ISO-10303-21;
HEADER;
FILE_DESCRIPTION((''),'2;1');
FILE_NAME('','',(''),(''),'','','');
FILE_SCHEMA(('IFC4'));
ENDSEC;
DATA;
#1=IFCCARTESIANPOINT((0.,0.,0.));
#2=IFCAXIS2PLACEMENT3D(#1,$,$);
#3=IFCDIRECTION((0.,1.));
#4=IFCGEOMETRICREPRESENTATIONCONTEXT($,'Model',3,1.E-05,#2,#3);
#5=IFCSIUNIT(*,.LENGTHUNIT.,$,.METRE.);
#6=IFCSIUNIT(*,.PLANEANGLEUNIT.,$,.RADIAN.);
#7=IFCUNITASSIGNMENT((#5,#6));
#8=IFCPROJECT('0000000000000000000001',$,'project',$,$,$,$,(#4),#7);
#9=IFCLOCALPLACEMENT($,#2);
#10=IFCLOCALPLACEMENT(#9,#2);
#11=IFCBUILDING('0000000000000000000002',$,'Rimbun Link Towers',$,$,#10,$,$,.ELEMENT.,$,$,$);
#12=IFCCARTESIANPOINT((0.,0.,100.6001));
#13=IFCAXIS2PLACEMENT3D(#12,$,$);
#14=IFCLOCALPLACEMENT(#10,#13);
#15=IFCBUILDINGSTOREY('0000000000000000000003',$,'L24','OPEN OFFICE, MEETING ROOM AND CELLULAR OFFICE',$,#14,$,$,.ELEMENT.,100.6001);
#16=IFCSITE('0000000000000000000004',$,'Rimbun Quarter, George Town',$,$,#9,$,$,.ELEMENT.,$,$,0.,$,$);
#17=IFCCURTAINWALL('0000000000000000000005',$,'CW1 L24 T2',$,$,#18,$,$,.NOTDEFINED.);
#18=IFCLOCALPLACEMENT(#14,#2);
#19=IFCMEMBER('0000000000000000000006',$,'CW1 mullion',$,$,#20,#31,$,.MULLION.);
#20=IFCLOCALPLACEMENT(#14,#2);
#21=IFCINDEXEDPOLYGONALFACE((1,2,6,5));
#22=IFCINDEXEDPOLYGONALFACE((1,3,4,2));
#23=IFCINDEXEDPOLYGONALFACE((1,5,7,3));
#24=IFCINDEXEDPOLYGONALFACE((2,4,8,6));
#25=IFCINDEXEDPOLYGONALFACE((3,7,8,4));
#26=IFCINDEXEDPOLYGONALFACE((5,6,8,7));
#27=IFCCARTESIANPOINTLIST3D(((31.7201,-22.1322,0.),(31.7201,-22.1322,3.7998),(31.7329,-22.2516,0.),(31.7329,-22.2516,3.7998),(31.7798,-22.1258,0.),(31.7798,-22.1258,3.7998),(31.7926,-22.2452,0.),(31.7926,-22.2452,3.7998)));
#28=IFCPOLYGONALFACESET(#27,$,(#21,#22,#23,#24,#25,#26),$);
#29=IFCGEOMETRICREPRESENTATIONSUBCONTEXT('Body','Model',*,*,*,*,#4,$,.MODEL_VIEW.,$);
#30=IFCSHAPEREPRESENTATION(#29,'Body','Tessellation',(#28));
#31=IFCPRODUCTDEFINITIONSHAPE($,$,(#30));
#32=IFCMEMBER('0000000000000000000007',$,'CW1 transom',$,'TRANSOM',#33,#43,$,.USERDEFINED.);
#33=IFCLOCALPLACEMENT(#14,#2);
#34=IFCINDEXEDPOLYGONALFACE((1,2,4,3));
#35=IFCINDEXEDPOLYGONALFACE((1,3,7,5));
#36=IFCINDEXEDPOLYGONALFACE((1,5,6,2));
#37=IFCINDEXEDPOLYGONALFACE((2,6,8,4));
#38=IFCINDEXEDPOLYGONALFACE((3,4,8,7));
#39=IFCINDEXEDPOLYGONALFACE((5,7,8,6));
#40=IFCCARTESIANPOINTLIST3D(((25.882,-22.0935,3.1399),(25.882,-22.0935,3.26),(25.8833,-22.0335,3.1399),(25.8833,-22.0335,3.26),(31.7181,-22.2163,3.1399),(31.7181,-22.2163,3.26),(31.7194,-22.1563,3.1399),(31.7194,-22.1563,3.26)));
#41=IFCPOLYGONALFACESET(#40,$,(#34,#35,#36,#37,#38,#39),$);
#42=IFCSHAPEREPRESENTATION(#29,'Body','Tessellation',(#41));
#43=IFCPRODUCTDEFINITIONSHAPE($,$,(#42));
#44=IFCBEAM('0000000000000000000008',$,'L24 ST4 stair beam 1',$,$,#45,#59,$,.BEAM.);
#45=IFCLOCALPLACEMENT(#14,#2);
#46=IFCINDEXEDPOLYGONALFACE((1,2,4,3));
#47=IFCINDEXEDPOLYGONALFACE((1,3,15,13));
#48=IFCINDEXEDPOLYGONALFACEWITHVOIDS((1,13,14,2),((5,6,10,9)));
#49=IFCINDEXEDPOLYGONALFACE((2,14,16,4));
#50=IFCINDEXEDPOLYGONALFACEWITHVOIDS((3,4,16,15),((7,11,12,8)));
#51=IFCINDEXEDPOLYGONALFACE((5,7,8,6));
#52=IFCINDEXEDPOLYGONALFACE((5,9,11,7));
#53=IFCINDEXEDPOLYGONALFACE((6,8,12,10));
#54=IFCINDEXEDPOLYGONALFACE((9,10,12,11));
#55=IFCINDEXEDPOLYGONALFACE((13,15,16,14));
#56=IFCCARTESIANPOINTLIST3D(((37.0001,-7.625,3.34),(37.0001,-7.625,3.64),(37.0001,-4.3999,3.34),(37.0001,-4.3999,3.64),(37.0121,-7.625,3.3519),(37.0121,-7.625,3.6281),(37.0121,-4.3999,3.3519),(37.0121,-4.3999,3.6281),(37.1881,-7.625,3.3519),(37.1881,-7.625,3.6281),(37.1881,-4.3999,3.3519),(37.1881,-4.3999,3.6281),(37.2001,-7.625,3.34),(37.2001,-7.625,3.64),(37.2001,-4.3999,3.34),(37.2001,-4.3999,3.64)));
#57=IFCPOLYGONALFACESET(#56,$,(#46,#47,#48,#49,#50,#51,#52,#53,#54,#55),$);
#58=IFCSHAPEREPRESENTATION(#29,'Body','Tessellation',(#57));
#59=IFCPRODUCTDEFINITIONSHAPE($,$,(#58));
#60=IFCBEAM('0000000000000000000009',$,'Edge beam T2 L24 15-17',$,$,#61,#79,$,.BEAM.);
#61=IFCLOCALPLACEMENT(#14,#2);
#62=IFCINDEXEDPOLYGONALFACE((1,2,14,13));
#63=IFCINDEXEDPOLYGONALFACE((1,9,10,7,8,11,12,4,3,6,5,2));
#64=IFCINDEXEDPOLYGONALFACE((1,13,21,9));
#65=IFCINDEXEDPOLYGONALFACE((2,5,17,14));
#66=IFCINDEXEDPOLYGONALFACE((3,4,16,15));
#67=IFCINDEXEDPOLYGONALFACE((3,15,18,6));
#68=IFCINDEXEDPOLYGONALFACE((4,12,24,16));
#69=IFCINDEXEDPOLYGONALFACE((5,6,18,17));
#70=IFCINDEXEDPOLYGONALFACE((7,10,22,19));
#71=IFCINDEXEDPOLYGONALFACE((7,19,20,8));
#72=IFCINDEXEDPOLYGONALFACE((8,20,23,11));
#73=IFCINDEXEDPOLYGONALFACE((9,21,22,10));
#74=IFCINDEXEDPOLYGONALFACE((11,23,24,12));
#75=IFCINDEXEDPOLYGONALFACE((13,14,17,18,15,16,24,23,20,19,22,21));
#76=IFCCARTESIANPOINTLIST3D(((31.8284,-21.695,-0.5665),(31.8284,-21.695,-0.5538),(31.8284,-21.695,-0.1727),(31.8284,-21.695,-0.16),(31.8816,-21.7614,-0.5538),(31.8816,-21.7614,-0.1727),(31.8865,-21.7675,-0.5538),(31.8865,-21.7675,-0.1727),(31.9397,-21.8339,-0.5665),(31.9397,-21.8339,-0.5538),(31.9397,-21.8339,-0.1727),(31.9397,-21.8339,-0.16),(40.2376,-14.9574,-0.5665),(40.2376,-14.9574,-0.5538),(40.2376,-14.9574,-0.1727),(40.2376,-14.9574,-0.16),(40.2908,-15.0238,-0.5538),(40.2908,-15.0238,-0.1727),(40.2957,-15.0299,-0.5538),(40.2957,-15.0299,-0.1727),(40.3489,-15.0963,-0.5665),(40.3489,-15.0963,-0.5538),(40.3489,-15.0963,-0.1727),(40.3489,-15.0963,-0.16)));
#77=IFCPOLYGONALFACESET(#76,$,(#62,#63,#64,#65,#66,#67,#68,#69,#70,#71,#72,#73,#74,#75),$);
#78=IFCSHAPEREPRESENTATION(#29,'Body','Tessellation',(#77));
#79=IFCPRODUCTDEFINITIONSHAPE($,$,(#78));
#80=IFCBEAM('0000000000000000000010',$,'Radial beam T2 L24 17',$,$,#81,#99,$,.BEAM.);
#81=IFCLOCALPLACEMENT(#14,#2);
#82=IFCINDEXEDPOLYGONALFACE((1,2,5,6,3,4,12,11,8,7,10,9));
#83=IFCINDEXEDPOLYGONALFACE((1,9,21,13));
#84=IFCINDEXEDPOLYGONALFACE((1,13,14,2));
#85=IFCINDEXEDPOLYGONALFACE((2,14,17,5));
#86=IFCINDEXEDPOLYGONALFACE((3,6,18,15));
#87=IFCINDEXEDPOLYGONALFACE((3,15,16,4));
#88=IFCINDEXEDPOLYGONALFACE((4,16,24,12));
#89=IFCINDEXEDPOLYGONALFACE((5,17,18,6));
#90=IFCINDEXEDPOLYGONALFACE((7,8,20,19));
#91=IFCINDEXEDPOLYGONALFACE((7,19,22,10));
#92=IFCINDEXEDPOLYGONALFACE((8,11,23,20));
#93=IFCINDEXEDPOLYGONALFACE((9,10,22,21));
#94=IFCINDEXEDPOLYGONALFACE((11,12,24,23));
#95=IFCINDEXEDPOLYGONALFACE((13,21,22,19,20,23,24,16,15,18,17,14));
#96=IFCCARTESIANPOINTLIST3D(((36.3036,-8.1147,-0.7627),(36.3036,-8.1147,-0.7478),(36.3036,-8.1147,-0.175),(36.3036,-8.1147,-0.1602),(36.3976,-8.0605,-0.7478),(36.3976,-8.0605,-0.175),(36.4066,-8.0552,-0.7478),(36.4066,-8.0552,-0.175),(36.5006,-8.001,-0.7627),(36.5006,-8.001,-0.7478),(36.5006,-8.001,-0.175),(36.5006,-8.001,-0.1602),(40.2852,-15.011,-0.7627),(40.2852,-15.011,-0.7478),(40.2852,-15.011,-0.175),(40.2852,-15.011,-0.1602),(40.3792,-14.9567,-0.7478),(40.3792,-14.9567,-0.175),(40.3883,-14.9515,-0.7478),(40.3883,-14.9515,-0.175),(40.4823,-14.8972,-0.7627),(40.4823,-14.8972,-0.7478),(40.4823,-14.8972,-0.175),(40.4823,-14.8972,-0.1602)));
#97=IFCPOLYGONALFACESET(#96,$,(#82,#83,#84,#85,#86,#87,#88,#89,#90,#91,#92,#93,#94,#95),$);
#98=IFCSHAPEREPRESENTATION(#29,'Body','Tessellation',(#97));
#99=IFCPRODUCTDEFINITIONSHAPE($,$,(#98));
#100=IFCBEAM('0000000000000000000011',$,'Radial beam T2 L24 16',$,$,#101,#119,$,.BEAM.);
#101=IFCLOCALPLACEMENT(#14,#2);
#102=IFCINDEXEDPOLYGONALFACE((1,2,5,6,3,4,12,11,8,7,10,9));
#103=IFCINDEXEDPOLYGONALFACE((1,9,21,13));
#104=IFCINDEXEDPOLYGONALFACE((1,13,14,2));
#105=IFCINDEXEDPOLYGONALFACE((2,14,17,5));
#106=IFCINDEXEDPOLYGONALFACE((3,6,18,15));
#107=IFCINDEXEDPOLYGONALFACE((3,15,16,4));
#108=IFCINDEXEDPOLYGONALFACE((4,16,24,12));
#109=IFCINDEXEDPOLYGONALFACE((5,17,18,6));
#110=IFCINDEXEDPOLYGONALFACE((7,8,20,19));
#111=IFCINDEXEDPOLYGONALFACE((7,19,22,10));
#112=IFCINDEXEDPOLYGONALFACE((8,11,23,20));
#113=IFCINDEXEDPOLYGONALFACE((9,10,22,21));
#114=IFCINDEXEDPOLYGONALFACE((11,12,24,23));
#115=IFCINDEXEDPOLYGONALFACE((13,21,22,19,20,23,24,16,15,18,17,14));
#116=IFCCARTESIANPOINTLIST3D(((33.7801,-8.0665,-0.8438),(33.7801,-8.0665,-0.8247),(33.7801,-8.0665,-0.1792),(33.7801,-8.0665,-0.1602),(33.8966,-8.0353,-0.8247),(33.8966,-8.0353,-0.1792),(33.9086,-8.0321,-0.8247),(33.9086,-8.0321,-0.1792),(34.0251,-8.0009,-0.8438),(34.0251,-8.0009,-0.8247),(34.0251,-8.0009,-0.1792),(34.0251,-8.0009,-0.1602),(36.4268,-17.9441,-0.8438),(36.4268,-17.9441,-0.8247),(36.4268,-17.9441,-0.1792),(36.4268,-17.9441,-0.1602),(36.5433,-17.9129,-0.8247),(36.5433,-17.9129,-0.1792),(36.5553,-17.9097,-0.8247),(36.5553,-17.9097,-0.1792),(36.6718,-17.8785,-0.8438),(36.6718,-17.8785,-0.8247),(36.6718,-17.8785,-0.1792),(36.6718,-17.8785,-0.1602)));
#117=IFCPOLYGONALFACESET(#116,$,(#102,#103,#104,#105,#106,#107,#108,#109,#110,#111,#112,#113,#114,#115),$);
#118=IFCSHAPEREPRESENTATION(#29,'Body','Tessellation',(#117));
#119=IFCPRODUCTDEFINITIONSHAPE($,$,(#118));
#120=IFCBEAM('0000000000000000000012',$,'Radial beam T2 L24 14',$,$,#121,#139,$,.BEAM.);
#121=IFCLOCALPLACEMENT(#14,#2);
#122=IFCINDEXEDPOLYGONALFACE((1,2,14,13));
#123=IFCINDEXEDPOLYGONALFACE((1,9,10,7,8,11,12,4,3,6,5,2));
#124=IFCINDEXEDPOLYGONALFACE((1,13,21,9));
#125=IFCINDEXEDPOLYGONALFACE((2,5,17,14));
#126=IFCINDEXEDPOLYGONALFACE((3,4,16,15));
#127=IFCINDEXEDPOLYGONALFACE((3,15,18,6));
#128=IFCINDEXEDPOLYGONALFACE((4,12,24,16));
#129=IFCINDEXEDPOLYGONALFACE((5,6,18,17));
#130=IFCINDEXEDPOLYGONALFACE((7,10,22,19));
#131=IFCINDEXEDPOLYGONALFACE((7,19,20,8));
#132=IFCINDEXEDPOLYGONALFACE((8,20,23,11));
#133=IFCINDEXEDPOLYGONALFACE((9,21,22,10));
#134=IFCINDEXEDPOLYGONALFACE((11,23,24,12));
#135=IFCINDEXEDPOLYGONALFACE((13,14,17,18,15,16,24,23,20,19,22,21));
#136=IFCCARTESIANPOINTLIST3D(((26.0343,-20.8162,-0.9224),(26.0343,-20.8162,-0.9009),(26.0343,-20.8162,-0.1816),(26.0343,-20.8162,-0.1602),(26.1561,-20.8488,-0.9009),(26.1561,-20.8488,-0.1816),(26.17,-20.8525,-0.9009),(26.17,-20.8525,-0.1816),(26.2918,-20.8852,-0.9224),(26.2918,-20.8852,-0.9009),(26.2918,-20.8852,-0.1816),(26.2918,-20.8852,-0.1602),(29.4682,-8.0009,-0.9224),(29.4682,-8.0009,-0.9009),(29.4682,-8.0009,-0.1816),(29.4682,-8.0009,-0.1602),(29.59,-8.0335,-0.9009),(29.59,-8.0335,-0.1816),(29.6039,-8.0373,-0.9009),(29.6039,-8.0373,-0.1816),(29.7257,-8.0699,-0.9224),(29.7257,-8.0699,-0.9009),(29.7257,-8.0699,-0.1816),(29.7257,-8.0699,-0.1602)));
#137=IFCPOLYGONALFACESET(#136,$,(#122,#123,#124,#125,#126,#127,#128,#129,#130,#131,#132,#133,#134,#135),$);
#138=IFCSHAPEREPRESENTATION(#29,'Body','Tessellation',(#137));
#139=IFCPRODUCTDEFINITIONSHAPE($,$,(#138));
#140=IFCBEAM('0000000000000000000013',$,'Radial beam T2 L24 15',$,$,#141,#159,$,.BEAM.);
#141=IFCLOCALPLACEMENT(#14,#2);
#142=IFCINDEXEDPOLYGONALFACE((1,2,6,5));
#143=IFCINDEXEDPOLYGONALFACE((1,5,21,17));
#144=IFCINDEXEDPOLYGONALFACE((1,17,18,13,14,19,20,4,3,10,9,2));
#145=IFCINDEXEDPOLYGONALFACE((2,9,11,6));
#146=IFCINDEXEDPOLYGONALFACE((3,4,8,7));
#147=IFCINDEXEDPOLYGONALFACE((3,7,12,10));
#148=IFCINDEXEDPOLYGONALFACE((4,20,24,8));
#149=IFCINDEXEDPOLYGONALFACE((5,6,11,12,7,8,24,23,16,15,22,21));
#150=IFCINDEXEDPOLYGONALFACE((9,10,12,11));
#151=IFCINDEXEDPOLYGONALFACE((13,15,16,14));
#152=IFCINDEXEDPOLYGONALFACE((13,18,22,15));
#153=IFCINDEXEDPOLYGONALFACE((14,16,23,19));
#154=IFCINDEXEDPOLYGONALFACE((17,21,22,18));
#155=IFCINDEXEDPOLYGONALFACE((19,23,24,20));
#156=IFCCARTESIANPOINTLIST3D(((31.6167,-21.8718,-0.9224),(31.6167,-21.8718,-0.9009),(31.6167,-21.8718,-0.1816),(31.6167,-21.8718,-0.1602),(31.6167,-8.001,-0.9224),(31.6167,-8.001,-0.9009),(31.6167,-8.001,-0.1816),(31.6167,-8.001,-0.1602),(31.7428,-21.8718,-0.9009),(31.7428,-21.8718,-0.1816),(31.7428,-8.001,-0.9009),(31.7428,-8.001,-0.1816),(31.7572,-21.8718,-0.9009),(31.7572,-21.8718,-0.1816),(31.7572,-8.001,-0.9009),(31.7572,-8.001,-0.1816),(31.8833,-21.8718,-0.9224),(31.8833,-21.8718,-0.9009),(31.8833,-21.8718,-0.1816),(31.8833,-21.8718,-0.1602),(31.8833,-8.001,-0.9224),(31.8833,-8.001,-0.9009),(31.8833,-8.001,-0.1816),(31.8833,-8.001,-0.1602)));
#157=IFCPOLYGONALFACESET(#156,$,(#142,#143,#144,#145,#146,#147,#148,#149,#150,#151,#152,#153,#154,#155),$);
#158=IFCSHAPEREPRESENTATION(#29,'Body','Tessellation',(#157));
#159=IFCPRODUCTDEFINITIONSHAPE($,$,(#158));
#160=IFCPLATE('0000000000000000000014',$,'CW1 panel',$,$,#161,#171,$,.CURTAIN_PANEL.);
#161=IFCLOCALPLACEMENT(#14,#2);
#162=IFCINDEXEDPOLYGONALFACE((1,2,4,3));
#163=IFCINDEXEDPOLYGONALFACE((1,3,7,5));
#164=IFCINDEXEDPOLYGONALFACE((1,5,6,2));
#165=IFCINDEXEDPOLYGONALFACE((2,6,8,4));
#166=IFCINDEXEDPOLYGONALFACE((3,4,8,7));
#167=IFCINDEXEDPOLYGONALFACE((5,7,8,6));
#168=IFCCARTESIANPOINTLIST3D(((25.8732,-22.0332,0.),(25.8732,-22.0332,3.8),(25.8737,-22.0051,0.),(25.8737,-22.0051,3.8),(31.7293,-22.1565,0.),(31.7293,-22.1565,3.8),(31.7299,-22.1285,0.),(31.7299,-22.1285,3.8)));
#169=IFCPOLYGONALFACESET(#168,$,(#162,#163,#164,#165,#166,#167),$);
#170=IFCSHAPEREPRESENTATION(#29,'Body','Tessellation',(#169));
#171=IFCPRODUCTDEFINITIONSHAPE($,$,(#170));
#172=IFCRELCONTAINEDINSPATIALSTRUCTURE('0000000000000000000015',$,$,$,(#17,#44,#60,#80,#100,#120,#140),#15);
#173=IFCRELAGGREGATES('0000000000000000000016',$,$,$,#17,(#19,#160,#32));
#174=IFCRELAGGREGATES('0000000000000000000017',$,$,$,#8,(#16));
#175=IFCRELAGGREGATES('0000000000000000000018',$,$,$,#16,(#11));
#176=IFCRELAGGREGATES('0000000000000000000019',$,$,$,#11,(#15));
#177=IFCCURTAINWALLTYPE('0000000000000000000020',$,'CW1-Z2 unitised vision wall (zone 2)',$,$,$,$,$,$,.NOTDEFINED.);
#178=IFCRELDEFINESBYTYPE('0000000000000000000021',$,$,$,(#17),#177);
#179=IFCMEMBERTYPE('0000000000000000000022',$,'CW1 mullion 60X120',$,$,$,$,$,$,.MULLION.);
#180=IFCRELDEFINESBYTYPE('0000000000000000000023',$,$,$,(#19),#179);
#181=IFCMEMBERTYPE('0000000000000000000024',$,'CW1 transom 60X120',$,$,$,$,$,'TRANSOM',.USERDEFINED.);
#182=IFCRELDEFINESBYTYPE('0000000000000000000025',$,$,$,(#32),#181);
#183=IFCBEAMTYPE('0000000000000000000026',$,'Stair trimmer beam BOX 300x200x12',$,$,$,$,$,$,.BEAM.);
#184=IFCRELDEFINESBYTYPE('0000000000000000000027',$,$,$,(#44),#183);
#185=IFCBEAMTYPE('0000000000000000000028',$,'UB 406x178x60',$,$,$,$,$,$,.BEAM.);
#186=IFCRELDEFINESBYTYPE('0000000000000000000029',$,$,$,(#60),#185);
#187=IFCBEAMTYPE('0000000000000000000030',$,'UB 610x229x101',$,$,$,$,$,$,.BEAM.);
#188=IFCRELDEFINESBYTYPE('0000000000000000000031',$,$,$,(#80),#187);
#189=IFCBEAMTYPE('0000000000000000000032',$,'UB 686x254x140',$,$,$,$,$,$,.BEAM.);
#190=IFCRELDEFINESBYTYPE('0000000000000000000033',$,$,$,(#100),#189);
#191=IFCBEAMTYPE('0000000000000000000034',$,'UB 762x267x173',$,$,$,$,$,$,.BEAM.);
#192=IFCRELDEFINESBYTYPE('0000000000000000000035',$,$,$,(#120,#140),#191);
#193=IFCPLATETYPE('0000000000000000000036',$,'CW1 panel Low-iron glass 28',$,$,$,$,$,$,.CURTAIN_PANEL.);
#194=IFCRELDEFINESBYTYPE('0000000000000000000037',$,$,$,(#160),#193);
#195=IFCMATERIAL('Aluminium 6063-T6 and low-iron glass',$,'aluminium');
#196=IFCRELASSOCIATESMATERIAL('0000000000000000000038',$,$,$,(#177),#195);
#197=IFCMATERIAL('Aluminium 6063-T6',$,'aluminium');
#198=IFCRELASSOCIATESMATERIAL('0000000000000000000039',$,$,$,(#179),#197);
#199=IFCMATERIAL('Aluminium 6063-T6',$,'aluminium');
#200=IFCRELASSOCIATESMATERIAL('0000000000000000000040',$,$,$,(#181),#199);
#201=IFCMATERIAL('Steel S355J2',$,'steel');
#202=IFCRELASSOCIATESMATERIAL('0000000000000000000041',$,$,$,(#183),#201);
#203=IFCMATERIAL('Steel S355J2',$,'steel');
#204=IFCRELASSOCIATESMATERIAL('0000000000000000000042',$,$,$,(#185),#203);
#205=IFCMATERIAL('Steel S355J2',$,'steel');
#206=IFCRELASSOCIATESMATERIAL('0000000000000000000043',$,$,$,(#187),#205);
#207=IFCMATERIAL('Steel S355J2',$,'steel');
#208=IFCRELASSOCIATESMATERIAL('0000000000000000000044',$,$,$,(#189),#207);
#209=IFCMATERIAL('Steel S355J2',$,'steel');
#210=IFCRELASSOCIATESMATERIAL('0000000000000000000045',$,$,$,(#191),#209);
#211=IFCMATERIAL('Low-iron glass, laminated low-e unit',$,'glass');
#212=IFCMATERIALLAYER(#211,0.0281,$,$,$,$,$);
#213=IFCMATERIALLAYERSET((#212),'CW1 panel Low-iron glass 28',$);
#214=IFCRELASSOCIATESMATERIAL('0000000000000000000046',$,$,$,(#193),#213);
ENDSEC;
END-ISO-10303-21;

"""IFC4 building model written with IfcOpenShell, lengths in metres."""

from ifc_helpers import new_model, si_unit, direction, frame, origin, origin_2d, place, context, subcontext, project, spatial, rectangle, hollow_rectangle, i_section, extrude, material, layer, layer_set, material_profile, profile_set, type_object, element, aggregate, save


model = new_model("IFC4")

# Units and contexts
model_context = context("Model", 3, precision=1e-05, world=origin(), true_north=direction((0.0, 1.0)))
body_context = subcontext(model_context, "Body", "Model", "MODEL_VIEW")
ifc_project = project(units=[si_unit("LENGTHUNIT", "METRE"), si_unit("PLANEANGLEUNIT", "RADIAN")], contexts=[model_context])

# Site, building, storey
site_placement = place(None, origin())
site = spatial("IfcSite", under=ifc_project, at=site_placement, Name="Rimbun Quarter, George Town", CompositionType="ELEMENT", RefElevation=0.0)
building_placement = place(site_placement, origin())
building = spatial("IfcBuilding", under=site, at=building_placement, Name="Rimbun Link Towers", CompositionType="ELEMENT")
storey_placement = place(building_placement, frame((0.0, 0.0, 100.6001)))
storey = spatial("IfcBuildingStorey", under=building, at=storey_placement, Name="L24", Description="OPEN OFFICE, MEETING ROOM AND CELLULAR OFFICE", CompositionType="ELEMENT", Elevation=100.6001)

# Curtain wall, members
ifc_material_1 = material(Name="Aluminium 6063-T6 and low-iron glass", Category="aluminium")
curtain_wall_type = type_object("IfcCurtainWallType", Name="CW1-Z2 unitised vision wall (zone 2)", PredefinedType="NOTDEFINED", material=ifc_material_1)
curtain_wall_placement = place(storey_placement, origin())
curtain_wall = element("IfcCurtainWall", 1, at=curtain_wall_placement, inside=storey, type_object=curtain_wall_type, Name="CW1 L24 T2", PredefinedType="NOTDEFINED")
ifc_material_2 = material(Name="Aluminium 6063-T6", Category="aluminium")
ifc_material_profile_1 = material_profile(ifc_material_2, rectangle(XDim=0.1201, YDim=0.0601, at=origin_2d()), Name="MULLION 60X120")
ifc_profile_set_1 = profile_set([ifc_material_profile_1], Name="Aluminium 6063-T6")
member_type_1 = type_object("IfcMemberType", Name="CW1 mullion 60X120", PredefinedType="MULLION", material=ifc_profile_set_1)
member_1_placement = place(storey_placement, frame((31.7563, -22.1887, 0.0), z_axis=(0.0, 0.0, 1.0), x_axis=(0.106642, -0.994297, 0.0)))
member_1 = element("IfcMember", 2, at=member_1_placement, type_object=member_type_1, Name="CW1 mullion", PredefinedType="MULLION", context=body_context, shape_type="SweptSolid", body=[
    extrude(rectangle(XDim=0.1201, YDim=0.0601, at=origin_2d()), origin(), (0.0, 0.0, 1.0), 3.7998),
])
ifc_material_3 = material(Name="Aluminium 6063-T6", Category="aluminium")
ifc_material_profile_2 = material_profile(ifc_material_3, rectangle(XDim=0.0601, YDim=0.1201, at=origin_2d()), Name="TRANSOM 60X120")
ifc_profile_set_2 = profile_set([ifc_material_profile_2], Name="Aluminium 6063-T6")
member_type_2 = type_object("IfcMemberType", Name="CW1 transom 60X120", ElementType="TRANSOM", PredefinedType="USERDEFINED", material=ifc_profile_set_2)
member_2_placement = place(storey_placement, frame((31.7188, -22.1863, 3.2), z_axis=(-0.999779, 0.021037, 0.0), x_axis=(-0.021037, -0.999779, 0.0)))
member_2 = element("IfcMember", 3, at=member_2_placement, type_object=member_type_2, Name="CW1 transom", ObjectType="TRANSOM", PredefinedType="USERDEFINED", context=body_context, shape_type="SweptSolid", body=[
    extrude(rectangle(XDim=0.0601, YDim=0.1201, at=origin_2d()), origin(), (0.0, 0.0, 1.0), 5.8374),
])

# Beams
ifc_material_4 = material(Name="Steel S355J2", Category="steel")
ifc_material_profile_3 = material_profile(ifc_material_4, hollow_rectangle(XDim=0.2, YDim=0.3, WallThickness=0.012, at=origin_2d()), Name="BOX 300x200x12")
ifc_profile_set_3 = profile_set([ifc_material_profile_3], Name="Steel S355J2")
beam_type_1 = type_object("IfcBeamType", Name="Stair trimmer beam BOX 300x200x12", PredefinedType="BEAM", material=ifc_profile_set_3)
beam_1_placement = place(storey_placement, frame((37.1001, -7.625, 3.49), z_axis=(0.0, 1.0, 0.0), x_axis=(-1.0, 0.0, 0.0)))
element("IfcBeam", 4, at=beam_1_placement, inside=storey, type_object=beam_type_1, Name="L24 ST4 stair beam 1", PredefinedType="BEAM", context=body_context, shape_type="SweptSolid", body=[
    extrude(hollow_rectangle(XDim=0.2, YDim=0.3, WallThickness=0.012, at=origin_2d()), origin(), (0.0, 0.0, 1.0), 3.2251),
])
ifc_material_5 = material(Name="Steel S355J2", Category="steel")
ifc_material_profile_4 = material_profile(ifc_material_5, i_section(OverallWidth=0.178, OverallDepth=0.4065, WebThickness=0.0078, FlangeThickness=0.0127, at=origin_2d()), Name="UB 406x178x60")
ifc_profile_set_4 = profile_set([ifc_material_profile_4], Name="Steel S355J2")
beam_type_2 = type_object("IfcBeamType", Name="UB 406x178x60", PredefinedType="BEAM", material=ifc_profile_set_4)
beam_2_placement = place(storey_placement, frame((31.884, -21.7644, -0.3633), z_axis=(0.780407, 0.625272, 0.0), x_axis=(-0.625272, 0.780407, 0.0)))
element("IfcBeam", 5, at=beam_2_placement, inside=storey, type_object=beam_type_2, Name="Edge beam T2 L24 15-17", PredefinedType="BEAM", context=body_context, shape_type="SweptSolid", body=[
    extrude(i_section(OverallWidth=0.178, OverallDepth=0.4065, WebThickness=0.0078, FlangeThickness=0.0127, at=origin_2d()), origin(), (0.0, 0.0, 1.0), 10.7754),
])
ifc_material_6 = material(Name="Steel S355J2", Category="steel")
ifc_material_profile_5 = material_profile(ifc_material_6, i_section(OverallWidth=0.2275, OverallDepth=0.6025, WebThickness=0.0105, FlangeThickness=0.0149, at=origin_2d()), Name="UB 610x229x101")
ifc_profile_set_5 = profile_set([ifc_material_profile_5], Name="Steel S355J2")
beam_type_3 = type_object("IfcBeamType", Name="UB 610x229x101", PredefinedType="BEAM", material=ifc_profile_set_5)
beam_3_placement = place(storey_placement, frame((36.4021, -8.0579, -0.4614), z_axis=(0.500013, -0.866018, 0.0), x_axis=(0.866018, 0.500013, 0.0)))
element("IfcBeam", 6, at=beam_3_placement, inside=storey, type_object=beam_type_3, Name="Radial beam T2 L24 17", PredefinedType="BEAM", context=body_context, shape_type="SweptSolid", body=[
    extrude(i_section(OverallWidth=0.2275, OverallDepth=0.6025, WebThickness=0.0105, FlangeThickness=0.0149, at=origin_2d()), origin(), (0.0, 0.0, 1.0), 7.9631),
])
ifc_material_7 = material(Name="Steel S355J2", Category="steel")
ifc_material_profile_6 = material_profile(ifc_material_7, i_section(OverallWidth=0.2537, OverallDepth=0.6836, WebThickness=0.0125, FlangeThickness=0.019, at=origin_2d()), Name="UB 686x254x140")
ifc_profile_set_6 = profile_set([ifc_material_profile_6], Name="Steel S355J2")
beam_type_4 = type_object("IfcBeamType", Name="UB 686x254x140", PredefinedType="BEAM", material=ifc_profile_set_6)
beam_4_placement = place(storey_placement, frame((33.9026, -8.0337, -0.502), z_axis=(0.25882, -0.965926, 0.0), x_axis=(0.965926, 0.25882, 0.0)))
element("IfcBeam", 7, at=beam_4_placement, inside=storey, type_object=beam_type_4, Name="Radial beam T2 L24 16", PredefinedType="BEAM", context=body_context, shape_type="SweptSolid", body=[
    extrude(i_section(OverallWidth=0.2537, OverallDepth=0.6836, WebThickness=0.0125, FlangeThickness=0.019, at=origin_2d()), origin(), (0.0, 0.0, 1.0), 10.2261),
])
ifc_material_8 = material(Name="Steel S355J2", Category="steel")
ifc_material_profile_7 = material_profile(ifc_material_8, i_section(OverallWidth=0.2666, OverallDepth=0.7622, WebThickness=0.0144, FlangeThickness=0.0215, at=origin_2d()), Name="UB 762x267x173")
ifc_profile_set_7 = profile_set([ifc_material_profile_7], Name="Steel S355J2")
beam_type_5 = type_object("IfcBeamType", Name="UB 762x267x173", PredefinedType="BEAM", material=ifc_profile_set_7)
beam_5_placement = place(storey_placement, frame((29.5969, -8.0354, -0.5413), z_axis=(-0.25882, -0.965925, 0.0), x_axis=(0.965925, -0.25882, 0.0)))
element("IfcBeam", 8, at=beam_5_placement, inside=storey, type_object=beam_type_5, Name="Radial beam T2 L24 14", PredefinedType="BEAM", context=body_context, shape_type="SweptSolid", body=[
    extrude(i_section(OverallWidth=0.2666, OverallDepth=0.7622, WebThickness=0.0144, FlangeThickness=0.0215, at=origin_2d()), origin(), (0.0, 0.0, 1.0), 13.2673),
])
beam_6_placement = place(storey_placement, frame((31.75, -8.001, -0.5413), z_axis=(0.0, -1.0, 0.0), x_axis=(1.0, 0.0, 0.0)))
element("IfcBeam", 9, at=beam_6_placement, inside=storey, type_object=beam_type_5, Name="Radial beam T2 L24 15", PredefinedType="BEAM", context=body_context, shape_type="SweptSolid", body=[
    extrude(i_section(OverallWidth=0.2666, OverallDepth=0.7622, WebThickness=0.0144, FlangeThickness=0.0215, at=origin_2d()), origin(), (0.0, 0.0, 1.0), 13.8708),
])

# Plate
ifc_material_9 = material(Name="Low-iron glass, laminated low-e unit", Category="glass")
ifc_layer_1 = layer(ifc_material_9, 0.0281)
ifc_layer_set_1 = layer_set([ifc_layer_1], Name="CW1 panel Low-iron glass 28")
plate_type = type_object("IfcPlateType", Name="CW1 panel Low-iron glass 28", PredefinedType="CURTAIN_PANEL", material=ifc_layer_set_1)
plate_1_placement = place(storey_placement, frame((28.8015, -22.0808, 0.0), z_axis=(0.0, 0.0, 1.0), x_axis=(-0.999778, 0.02106, 0.0)))
plate_1 = element("IfcPlate", 10, at=plate_1_placement, type_object=plate_type, Name="CW1 panel", PredefinedType="CURTAIN_PANEL", context=body_context, shape_type="SweptSolid", body=[
    extrude(rectangle(XDim=5.8574, YDim=0.0281, at=origin_2d()), origin(), (0.0, 0.0, 1.0), 3.8),
])
aggregate(curtain_wall, [member_1, plate_1, member_2])

save(model, "model.ifc")
